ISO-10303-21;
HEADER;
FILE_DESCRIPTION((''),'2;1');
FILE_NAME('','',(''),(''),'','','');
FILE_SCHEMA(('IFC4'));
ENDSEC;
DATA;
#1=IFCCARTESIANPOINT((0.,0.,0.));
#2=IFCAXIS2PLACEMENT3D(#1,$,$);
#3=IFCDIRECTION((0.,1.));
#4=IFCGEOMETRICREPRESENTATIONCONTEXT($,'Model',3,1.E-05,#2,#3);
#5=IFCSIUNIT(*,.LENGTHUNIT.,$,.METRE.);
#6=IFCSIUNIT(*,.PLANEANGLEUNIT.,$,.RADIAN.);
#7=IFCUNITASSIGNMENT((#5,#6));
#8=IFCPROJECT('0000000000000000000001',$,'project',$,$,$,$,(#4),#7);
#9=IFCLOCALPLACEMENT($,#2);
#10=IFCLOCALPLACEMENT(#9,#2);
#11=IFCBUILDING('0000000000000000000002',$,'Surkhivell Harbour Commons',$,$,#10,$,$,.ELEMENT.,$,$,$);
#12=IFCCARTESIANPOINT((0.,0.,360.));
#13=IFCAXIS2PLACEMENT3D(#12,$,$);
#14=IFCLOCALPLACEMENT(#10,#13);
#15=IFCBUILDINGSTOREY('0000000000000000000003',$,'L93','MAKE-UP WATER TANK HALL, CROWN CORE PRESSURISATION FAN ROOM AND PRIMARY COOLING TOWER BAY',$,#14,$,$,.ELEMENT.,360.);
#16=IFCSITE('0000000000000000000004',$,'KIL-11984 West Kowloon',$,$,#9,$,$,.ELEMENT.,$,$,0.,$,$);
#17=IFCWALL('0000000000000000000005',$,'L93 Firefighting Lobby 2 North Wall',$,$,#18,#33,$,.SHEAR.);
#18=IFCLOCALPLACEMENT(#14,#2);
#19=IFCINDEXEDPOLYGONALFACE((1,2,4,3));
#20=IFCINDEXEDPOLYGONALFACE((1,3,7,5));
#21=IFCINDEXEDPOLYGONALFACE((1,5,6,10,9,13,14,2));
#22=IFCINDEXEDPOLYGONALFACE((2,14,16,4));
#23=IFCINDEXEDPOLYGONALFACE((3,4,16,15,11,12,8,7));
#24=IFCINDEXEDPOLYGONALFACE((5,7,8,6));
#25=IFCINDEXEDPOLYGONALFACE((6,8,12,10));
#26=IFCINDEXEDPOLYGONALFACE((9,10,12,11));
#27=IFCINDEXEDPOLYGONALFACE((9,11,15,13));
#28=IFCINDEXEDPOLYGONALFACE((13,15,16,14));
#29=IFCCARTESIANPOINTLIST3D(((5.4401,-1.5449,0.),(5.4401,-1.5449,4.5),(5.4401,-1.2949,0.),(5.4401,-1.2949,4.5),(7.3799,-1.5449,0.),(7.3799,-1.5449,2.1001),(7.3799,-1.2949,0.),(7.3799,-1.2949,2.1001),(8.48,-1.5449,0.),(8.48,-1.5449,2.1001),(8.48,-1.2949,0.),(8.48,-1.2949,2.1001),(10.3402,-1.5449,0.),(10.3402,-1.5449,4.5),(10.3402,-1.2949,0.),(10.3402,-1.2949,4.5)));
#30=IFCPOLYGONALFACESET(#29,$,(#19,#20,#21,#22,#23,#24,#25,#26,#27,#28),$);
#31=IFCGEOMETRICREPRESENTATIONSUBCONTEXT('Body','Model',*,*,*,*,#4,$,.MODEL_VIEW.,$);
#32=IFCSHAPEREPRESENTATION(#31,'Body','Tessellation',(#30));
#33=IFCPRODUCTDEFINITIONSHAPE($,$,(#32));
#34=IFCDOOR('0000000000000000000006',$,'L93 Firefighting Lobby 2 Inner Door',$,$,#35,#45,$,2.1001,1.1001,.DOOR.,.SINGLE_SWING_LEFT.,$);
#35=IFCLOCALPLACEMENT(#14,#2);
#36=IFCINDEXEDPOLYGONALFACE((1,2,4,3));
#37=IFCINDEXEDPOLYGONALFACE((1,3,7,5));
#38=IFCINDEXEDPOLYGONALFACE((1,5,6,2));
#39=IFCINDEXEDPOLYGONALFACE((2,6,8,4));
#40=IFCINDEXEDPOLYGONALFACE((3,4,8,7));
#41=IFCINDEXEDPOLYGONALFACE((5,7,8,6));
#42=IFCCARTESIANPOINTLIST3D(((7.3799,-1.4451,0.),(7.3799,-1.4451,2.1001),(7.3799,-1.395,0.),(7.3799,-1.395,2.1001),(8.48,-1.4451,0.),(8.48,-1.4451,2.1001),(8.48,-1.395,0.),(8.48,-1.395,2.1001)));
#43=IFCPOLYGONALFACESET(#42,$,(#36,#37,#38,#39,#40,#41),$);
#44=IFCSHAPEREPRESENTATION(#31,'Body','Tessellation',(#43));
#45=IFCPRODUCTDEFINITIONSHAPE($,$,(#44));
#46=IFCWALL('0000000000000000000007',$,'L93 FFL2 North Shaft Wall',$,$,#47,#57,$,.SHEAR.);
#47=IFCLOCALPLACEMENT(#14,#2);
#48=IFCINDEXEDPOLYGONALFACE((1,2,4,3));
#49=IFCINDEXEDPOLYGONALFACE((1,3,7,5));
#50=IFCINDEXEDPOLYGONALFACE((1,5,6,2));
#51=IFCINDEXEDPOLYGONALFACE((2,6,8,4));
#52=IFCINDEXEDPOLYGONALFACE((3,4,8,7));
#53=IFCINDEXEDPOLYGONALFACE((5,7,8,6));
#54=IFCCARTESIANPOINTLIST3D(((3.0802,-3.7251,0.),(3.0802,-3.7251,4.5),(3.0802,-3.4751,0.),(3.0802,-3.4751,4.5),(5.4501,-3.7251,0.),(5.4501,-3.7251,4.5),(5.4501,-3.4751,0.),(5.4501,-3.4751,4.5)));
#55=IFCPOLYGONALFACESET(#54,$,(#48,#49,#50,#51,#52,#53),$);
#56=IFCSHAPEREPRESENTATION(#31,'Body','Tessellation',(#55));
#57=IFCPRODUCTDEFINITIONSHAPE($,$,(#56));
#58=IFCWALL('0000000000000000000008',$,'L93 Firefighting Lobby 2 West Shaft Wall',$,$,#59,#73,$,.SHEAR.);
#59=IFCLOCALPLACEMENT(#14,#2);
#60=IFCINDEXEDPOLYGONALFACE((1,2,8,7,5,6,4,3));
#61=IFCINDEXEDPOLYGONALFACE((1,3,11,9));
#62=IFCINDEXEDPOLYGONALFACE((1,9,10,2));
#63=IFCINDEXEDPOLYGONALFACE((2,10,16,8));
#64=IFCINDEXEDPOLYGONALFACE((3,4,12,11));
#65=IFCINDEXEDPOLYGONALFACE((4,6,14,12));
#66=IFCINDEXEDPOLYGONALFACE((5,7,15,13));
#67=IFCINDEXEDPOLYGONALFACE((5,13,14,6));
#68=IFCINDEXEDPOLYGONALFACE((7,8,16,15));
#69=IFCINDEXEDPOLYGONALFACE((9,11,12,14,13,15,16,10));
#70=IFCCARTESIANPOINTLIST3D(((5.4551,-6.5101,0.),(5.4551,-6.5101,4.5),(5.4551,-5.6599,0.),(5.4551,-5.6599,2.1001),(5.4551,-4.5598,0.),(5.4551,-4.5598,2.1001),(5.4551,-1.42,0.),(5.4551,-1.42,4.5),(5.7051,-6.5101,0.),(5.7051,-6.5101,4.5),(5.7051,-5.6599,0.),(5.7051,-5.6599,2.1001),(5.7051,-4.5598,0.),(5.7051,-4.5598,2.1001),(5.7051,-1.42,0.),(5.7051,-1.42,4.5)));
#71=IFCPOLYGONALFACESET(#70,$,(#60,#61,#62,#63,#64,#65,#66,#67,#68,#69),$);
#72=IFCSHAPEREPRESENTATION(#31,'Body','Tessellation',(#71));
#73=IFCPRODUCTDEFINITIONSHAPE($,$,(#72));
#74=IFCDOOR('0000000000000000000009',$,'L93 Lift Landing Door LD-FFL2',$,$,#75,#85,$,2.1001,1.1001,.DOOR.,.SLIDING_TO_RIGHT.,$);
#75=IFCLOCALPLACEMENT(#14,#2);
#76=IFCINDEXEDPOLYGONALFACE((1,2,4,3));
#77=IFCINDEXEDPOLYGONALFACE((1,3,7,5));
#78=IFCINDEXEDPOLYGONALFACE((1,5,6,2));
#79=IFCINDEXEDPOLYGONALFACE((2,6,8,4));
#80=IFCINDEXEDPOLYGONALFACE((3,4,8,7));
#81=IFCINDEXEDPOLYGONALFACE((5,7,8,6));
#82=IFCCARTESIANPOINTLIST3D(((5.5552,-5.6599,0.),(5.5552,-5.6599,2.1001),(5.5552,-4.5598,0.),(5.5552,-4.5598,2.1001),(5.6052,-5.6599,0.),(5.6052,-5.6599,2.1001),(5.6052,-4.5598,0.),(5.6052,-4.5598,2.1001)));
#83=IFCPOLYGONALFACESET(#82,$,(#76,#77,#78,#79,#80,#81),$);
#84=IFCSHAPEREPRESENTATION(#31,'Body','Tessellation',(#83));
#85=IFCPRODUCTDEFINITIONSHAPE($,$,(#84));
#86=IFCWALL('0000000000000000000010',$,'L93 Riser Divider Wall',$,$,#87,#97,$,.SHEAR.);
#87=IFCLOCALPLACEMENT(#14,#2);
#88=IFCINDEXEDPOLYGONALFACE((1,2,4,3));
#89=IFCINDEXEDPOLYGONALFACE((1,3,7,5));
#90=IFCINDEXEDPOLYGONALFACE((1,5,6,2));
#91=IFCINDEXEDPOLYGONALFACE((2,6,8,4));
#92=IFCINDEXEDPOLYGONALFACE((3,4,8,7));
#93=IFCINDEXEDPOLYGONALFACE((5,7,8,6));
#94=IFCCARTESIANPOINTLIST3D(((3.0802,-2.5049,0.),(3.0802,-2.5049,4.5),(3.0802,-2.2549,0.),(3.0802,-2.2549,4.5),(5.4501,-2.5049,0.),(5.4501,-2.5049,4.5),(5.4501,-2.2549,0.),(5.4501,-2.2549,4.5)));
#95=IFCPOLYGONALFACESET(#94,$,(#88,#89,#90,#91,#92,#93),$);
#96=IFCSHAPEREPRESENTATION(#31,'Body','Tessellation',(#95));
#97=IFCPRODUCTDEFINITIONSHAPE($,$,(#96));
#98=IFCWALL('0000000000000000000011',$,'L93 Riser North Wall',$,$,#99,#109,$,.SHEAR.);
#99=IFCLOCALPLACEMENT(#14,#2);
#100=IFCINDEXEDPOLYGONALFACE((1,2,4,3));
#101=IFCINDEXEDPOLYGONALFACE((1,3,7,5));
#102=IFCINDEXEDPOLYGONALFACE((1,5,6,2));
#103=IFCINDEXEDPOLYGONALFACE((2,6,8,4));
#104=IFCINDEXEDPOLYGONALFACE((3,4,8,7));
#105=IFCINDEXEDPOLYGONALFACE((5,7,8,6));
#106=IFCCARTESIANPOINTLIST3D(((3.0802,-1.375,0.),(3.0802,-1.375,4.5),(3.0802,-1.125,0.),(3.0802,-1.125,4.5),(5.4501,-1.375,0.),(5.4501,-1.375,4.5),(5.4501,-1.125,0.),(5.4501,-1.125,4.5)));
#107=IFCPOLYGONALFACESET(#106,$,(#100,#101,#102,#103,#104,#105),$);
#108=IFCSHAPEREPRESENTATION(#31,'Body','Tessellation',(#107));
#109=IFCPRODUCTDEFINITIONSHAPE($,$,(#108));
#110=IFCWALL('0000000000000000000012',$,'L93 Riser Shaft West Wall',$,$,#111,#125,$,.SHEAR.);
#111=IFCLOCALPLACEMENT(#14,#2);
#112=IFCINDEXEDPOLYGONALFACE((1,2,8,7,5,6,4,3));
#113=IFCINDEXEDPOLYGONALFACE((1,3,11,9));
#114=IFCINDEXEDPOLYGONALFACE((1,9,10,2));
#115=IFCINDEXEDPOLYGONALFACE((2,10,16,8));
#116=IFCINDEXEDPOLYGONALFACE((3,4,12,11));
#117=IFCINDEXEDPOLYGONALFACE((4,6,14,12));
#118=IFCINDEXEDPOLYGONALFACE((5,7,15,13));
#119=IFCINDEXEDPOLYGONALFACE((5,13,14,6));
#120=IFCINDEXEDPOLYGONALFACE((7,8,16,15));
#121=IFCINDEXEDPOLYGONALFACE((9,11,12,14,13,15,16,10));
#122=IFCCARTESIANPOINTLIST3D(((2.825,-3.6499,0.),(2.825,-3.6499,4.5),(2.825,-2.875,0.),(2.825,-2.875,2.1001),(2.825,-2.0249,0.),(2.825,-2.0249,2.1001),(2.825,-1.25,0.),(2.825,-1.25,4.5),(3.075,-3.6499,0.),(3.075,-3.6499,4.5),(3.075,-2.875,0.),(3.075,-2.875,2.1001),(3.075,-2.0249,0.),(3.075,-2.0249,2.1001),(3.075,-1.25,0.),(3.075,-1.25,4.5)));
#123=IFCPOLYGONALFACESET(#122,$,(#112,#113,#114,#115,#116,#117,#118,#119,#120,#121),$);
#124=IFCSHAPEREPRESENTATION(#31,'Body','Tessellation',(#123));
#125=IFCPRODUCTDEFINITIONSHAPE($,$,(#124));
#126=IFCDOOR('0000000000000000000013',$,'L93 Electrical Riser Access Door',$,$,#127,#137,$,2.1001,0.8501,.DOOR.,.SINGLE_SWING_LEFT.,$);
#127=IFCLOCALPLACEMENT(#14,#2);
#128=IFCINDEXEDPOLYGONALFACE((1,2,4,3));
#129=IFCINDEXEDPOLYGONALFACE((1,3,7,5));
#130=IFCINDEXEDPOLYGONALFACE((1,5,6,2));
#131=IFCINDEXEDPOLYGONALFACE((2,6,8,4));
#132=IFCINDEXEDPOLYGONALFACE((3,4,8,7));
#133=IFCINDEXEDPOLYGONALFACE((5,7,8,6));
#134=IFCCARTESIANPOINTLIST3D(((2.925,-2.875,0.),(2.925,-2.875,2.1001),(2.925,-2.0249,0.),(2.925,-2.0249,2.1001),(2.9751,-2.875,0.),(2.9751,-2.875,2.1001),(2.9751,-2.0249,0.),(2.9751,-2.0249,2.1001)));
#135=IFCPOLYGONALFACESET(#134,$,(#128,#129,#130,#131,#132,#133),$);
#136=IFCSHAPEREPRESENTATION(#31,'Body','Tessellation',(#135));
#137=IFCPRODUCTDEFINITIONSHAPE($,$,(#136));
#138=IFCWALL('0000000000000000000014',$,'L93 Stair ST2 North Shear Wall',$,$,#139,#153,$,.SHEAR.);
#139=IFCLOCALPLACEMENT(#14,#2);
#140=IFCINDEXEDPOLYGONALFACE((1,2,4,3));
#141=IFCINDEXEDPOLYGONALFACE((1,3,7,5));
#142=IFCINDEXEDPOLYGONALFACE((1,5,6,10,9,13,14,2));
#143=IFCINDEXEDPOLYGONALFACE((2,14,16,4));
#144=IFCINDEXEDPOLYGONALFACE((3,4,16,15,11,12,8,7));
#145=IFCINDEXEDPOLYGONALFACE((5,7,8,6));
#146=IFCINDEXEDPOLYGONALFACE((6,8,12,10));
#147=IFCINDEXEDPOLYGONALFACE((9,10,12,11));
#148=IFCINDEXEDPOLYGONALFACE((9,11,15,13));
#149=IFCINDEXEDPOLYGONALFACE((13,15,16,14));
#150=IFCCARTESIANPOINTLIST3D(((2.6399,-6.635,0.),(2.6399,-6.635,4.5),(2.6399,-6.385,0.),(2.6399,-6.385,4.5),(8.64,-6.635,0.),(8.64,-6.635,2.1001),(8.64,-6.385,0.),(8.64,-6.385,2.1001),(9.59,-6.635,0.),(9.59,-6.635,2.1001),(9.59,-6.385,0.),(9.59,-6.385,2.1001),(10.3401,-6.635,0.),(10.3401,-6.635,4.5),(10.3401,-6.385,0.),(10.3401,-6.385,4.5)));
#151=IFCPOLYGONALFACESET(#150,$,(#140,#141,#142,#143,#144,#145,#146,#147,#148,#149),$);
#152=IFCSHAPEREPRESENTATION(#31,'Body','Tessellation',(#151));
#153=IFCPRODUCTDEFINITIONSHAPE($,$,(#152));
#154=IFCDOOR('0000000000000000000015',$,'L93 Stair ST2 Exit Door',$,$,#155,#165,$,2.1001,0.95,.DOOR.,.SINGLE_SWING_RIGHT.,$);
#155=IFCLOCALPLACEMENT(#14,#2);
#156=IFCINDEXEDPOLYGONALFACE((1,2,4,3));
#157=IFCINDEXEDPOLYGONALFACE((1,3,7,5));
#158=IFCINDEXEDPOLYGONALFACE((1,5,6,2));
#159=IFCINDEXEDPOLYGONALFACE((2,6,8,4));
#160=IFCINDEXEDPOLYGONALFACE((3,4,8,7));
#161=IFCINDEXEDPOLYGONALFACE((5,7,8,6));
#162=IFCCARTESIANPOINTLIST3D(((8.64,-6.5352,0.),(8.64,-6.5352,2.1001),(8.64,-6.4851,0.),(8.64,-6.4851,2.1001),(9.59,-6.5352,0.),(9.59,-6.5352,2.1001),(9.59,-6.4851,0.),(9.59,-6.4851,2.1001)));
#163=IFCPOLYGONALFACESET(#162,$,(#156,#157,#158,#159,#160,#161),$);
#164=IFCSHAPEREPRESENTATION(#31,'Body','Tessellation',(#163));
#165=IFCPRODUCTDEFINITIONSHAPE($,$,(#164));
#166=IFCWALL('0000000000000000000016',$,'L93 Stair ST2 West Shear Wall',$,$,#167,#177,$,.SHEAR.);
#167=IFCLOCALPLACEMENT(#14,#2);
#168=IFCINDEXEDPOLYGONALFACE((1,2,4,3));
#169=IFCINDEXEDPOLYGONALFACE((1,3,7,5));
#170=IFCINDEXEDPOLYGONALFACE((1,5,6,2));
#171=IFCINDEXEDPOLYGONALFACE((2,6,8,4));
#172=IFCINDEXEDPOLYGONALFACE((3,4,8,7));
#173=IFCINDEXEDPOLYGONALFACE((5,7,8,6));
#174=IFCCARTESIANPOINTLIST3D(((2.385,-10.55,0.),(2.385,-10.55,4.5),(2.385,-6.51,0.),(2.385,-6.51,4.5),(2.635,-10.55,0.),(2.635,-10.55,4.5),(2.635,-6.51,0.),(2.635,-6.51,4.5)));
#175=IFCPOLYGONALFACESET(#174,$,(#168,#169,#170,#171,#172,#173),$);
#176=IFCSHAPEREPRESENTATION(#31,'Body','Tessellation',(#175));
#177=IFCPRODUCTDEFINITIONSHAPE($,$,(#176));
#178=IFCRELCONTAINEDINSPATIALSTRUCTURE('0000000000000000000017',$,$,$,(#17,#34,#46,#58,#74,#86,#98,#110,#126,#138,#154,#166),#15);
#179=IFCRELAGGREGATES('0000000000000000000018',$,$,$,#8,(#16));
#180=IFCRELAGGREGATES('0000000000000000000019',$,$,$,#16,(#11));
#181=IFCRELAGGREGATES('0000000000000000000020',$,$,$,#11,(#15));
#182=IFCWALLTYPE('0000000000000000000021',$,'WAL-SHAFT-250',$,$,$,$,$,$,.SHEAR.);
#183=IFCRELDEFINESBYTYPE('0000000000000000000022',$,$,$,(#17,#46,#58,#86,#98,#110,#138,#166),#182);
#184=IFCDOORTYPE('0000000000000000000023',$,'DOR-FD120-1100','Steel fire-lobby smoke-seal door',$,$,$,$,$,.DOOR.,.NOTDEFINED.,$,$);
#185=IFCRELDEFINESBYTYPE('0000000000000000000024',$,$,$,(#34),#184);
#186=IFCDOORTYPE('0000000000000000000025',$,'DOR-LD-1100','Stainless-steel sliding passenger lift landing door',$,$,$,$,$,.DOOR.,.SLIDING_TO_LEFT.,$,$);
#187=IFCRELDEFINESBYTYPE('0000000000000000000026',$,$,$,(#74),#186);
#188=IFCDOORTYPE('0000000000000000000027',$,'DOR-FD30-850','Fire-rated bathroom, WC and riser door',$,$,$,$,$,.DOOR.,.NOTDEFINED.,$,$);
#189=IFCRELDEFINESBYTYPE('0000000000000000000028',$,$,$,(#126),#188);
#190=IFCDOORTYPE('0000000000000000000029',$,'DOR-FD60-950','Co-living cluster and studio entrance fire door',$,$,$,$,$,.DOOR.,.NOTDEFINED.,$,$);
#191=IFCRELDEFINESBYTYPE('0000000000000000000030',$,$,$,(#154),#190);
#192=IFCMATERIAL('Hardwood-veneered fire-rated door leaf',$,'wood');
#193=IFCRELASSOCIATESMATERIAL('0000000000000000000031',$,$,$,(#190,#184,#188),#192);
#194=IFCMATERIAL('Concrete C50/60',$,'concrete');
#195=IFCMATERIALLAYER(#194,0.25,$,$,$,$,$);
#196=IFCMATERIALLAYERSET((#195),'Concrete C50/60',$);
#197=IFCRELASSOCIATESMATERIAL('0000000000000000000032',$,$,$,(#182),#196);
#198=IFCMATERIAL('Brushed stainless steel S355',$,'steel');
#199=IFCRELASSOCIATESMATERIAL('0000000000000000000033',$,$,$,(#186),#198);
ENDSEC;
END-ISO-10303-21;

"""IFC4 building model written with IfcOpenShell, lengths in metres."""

from ifc_helpers import new_model, si_unit, direction, frame, frame_2d, origin, place, context, subcontext, project, spatial, rectangle, extrude, material, layer, layer_set, type_object, element, fill, save


model = new_model("IFC4")

# Units and contexts
model_context = context("Model", 3, precision=1e-05, world=origin(), true_north=direction((0.0, 1.0)))
body_context = subcontext(model_context, "Body", "Model", "MODEL_VIEW")
ifc_project = project(units=[si_unit("LENGTHUNIT", "METRE"), si_unit("PLANEANGLEUNIT", "RADIAN")], contexts=[model_context])

# Site, building, storey
site_placement = place(None, origin())
site = spatial("IfcSite", under=ifc_project, at=site_placement, Name="KIL-11984 West Kowloon", CompositionType="ELEMENT", RefElevation=0.0)
building_placement = place(site_placement, origin())
building = spatial("IfcBuilding", under=site, at=building_placement, Name="Surkhivell Harbour Commons", CompositionType="ELEMENT")
storey_placement = place(building_placement, frame((0.0, 0.0, 360.0)))
storey = spatial("IfcBuildingStorey", under=building, at=storey_placement, Name="L93", Description="MAKE-UP WATER TANK HALL, CROWN CORE PRESSURISATION FAN ROOM AND PRIMARY COOLING TOWER BAY", CompositionType="ELEMENT", Elevation=360.0)

# Shared definitions
ifc_material_1 = material(Name="Concrete C50/60", Category="concrete")

# Shared definitions
ifc_material_2 = material(Name="Hardwood-veneered fire-rated door leaf", Category="wood")
door_type_1 = type_object("IfcDoorType", Name="DOR-FD60-950", Description="Co-living cluster and studio entrance fire door", OperationType="NOTDEFINED", PredefinedType="DOOR", material=ifc_material_2)

# Shared definitions
ifc_layer_1 = layer(ifc_material_1, 0.25)
ifc_layer_set_1 = layer_set([ifc_layer_1], Name="Concrete C50/60")
wall_type_1 = type_object("IfcWallType", Name="WAL-SHAFT-250", PredefinedType="SHEAR", material=ifc_layer_set_1)

# Wall, opening, door
wall_1_placement = place(storey_placement, frame((5.4399, -1.4199, 0.0), z_axis=(0.0, 0.0, 1.0), x_axis=(1.0, 0.0, 0.0)))
wall_1 = element("IfcWall", 1, at=wall_1_placement, inside=storey, type_object=wall_type_1, Name="L93 Firefighting Lobby 2 North Wall", PredefinedType="SHEAR", context=body_context, shape_type="SweptSolid", body=[
    extrude(rectangle(XDim=4.9001, YDim=0.25, at=frame_2d((2.4502, 0.0))), origin(), (0.0, 0.0, 1.0), 4.5),
])
opening_1_placement = place(wall_1_placement, frame((1.9399, 0.0, 0.0)))
opening_1 = element("IfcOpeningElement", 2, at=opening_1_placement, cuts=wall_1, PredefinedType="OPENING", context=body_context, shape_type="SweptSolid", body=[
    extrude(rectangle(XDim=1.1001, YDim=2.1001, at=frame_2d((0.55, 1.05))), frame((0.0, 0.135, 0.0), z_axis=(0.0, -1.0, 0.0), x_axis=(1.0, 0.0, 0.0)), (0.0, 0.0, 1.0), 0.27),
])
door_type_2 = type_object("IfcDoorType", Name="DOR-FD120-1100", Description="Steel fire-lobby smoke-seal door", OperationType="NOTDEFINED", PredefinedType="DOOR", material=ifc_material_2)
door_1_placement = place(opening_1_placement, origin())
door_1 = element("IfcDoor", 3, at=door_1_placement, inside=storey, type_object=door_type_2, Name="L93 Firefighting Lobby 2 Inner Door", OperationType="SINGLE_SWING_LEFT", OverallHeight=2.1001, OverallWidth=1.1001, PredefinedType="DOOR", context=body_context, shape_type="SweptSolid", body=[
    extrude(rectangle(XDim=1.1001, YDim=2.1001, at=frame_2d((0.55, 1.05))), frame((0.0, 0.0249, 0.0), z_axis=(0.0, -1.0, 0.0), x_axis=(1.0, 0.0, 0.0)), (0.0, 0.0, 1.0), 0.05),
])
fill(opening_1, door_1)

# Wall
wall_2_placement = place(storey_placement, frame((3.0801, -3.6001, 0.0), z_axis=(0.0, 0.0, 1.0), x_axis=(1.0, 0.0, 0.0)))
element("IfcWall", 4, at=wall_2_placement, inside=storey, type_object=wall_type_1, Name="L93 FFL2 North Shaft Wall", PredefinedType="SHEAR", context=body_context, shape_type="SweptSolid", body=[
    extrude(rectangle(XDim=2.3699, YDim=0.25, at=frame_2d((1.1851, 0.0))), origin(), (0.0, 0.0, 1.0), 4.5),
])

# Wall, opening, door
wall_3_placement = place(storey_placement, frame((5.5801, -6.51, 0.0), z_axis=(0.0, 0.0, 1.0), x_axis=(0.0, 1.0, 0.0)))
wall_3 = element("IfcWall", 5, at=wall_3_placement, inside=storey, type_object=wall_type_1, Name="L93 Firefighting Lobby 2 West Shaft Wall", PredefinedType="SHEAR", context=body_context, shape_type="SweptSolid", body=[
    extrude(rectangle(XDim=5.0901, YDim=0.25, at=frame_2d((2.5449, 0.0))), origin(), (0.0, 0.0, 1.0), 4.5),
])
opening_2_placement = place(wall_3_placement, frame((0.8501, 0.0, 0.0)))
opening_2 = element("IfcOpeningElement", 6, at=opening_2_placement, cuts=wall_3, PredefinedType="OPENING", context=body_context, shape_type="SweptSolid", body=[
    extrude(rectangle(XDim=1.1001, YDim=2.1001, at=frame_2d((0.55, 1.05))), frame((0.0, 0.135, 0.0), z_axis=(0.0, -1.0, 0.0), x_axis=(1.0, 0.0, 0.0)), (0.0, 0.0, 1.0), 0.27),
])
ifc_material_3 = material(Name="Brushed stainless steel S355", Category="steel")
door_type_3 = type_object("IfcDoorType", Name="DOR-LD-1100", Description="Stainless-steel sliding passenger lift landing door", OperationType="SLIDING_TO_LEFT", PredefinedType="DOOR", material=ifc_material_3)
door_2_placement = place(opening_2_placement, origin())
door_2 = element("IfcDoor", 7, at=door_2_placement, inside=storey, type_object=door_type_3, Name="L93 Lift Landing Door LD-FFL2", OperationType="SLIDING_TO_RIGHT", OverallHeight=2.1001, OverallWidth=1.1001, PredefinedType="DOOR", context=body_context, shape_type="SweptSolid", body=[
    extrude(rectangle(XDim=1.1001, YDim=2.1001, at=frame_2d((0.55, 1.05))), frame((0.0, 0.0249, 0.0), z_axis=(0.0, -1.0, 0.0), x_axis=(1.0, 0.0, 0.0)), (0.0, 0.0, 1.0), 0.05),
])
fill(opening_2, door_2)

# Walls
for number, where, z_axis, x_axis, name in (
    (8, (3.0801, -2.3799, 0.0), (0.0, 0.0, 1.0), (1.0, 0.0, 0.0), "L93 Riser Divider Wall"),
    (9, (3.0801, -1.25, 0.0), (0.0, 0.0, 1.0), (1.0, 0.0, 0.0), "L93 Riser North Wall"),
):
    element("IfcWall", number, at=place(storey_placement, frame(where, z_axis=z_axis, x_axis=x_axis)), inside=storey, type_object=wall_type_1, Name=name, PredefinedType="SHEAR", context=body_context, shape_type="SweptSolid", body=[
        extrude(rectangle(XDim=2.3699, YDim=0.25, at=frame_2d((1.1851, 0.0))), origin(), (0.0, 0.0, 1.0), 4.5),
    ])

# Walls, openings, doors
wall_4_placement = place(storey_placement, frame((2.95, -3.6499, 0.0), z_axis=(0.0, 0.0, 1.0), x_axis=(0.0, 1.0, 0.0)))
wall_4 = element("IfcWall", 10, at=wall_4_placement, inside=storey, type_object=wall_type_1, Name="L93 Riser Shaft West Wall", PredefinedType="SHEAR", context=body_context, shape_type="SweptSolid", body=[
    extrude(rectangle(XDim=2.3999, YDim=0.25, at=frame_2d((1.2, 0.0))), origin(), (0.0, 0.0, 1.0), 4.5),
])
opening_3_placement = place(wall_4_placement, frame((0.7749, 0.0, 0.0)))
opening_3 = element("IfcOpeningElement", 11, at=opening_3_placement, cuts=wall_4, PredefinedType="OPENING", context=body_context, shape_type="SweptSolid", body=[
    extrude(rectangle(XDim=0.8501, YDim=2.1001, at=frame_2d((0.425, 1.05))), frame((0.0, 0.135, 0.0), z_axis=(0.0, -1.0, 0.0), x_axis=(1.0, 0.0, 0.0)), (0.0, 0.0, 1.0), 0.27),
])
door_type_4 = type_object("IfcDoorType", Name="DOR-FD30-850", Description="Fire-rated bathroom, WC and riser door", OperationType="NOTDEFINED", PredefinedType="DOOR", material=ifc_material_2)
door_3_placement = place(opening_3_placement, origin())
door_3 = element("IfcDoor", 12, at=door_3_placement, inside=storey, type_object=door_type_4, Name="L93 Electrical Riser Access Door", OperationType="SINGLE_SWING_LEFT", OverallHeight=2.1001, OverallWidth=0.8501, PredefinedType="DOOR", context=body_context, shape_type="SweptSolid", body=[
    extrude(rectangle(XDim=0.8501, YDim=2.1001, at=frame_2d((0.425, 1.05))), frame((0.0, 0.0249, 0.0), z_axis=(0.0, -1.0, 0.0), x_axis=(1.0, 0.0, 0.0)), (0.0, 0.0, 1.0), 0.05),
])
fill(opening_3, door_3)
wall_5_placement = place(storey_placement, frame((2.6399, -6.51, 0.0), z_axis=(0.0, 0.0, 1.0), x_axis=(1.0, 0.0, 0.0)))
wall_5 = element("IfcWall", 13, at=wall_5_placement, inside=storey, type_object=wall_type_1, Name="L93 Stair ST2 North Shear Wall", PredefinedType="SHEAR", context=body_context, shape_type="SweptSolid", body=[
    extrude(rectangle(XDim=7.7002, YDim=0.25, at=frame_2d((3.8501, 0.0))), origin(), (0.0, 0.0, 1.0), 4.5),
])
opening_4_placement = place(wall_5_placement, frame((6.0, 0.0, 0.0)))
opening_4 = element("IfcOpeningElement", 14, at=opening_4_placement, cuts=wall_5, PredefinedType="OPENING", context=body_context, shape_type="SweptSolid", body=[
    extrude(rectangle(XDim=0.95, YDim=2.1001, at=frame_2d((0.4751, 1.05))), frame((0.0, 0.135, 0.0), z_axis=(0.0, -1.0, 0.0), x_axis=(1.0, 0.0, 0.0)), (0.0, 0.0, 1.0), 0.27),
])
door_4_placement = place(opening_4_placement, origin())
door_4 = element("IfcDoor", 15, at=door_4_placement, inside=storey, type_object=door_type_1, Name="L93 Stair ST2 Exit Door", OperationType="SINGLE_SWING_RIGHT", OverallHeight=2.1001, OverallWidth=0.95, PredefinedType="DOOR", context=body_context, shape_type="SweptSolid", body=[
    extrude(rectangle(XDim=0.95, YDim=2.1001, at=frame_2d((0.4751, 1.05))), frame((0.0, 0.0249, 0.0), z_axis=(0.0, -1.0, 0.0), x_axis=(1.0, 0.0, 0.0)), (0.0, 0.0, 1.0), 0.05),
])
fill(opening_4, door_4)

# Wall
for number, where, z_axis, x_axis, name in (
    (16, (2.51, -10.55, 0.0), (0.0, 0.0, 1.0), (0.0, 1.0, 0.0), "L93 Stair ST2 West Shear Wall"),
):
    element("IfcWall", number, at=place(storey_placement, frame(where, z_axis=z_axis, x_axis=x_axis)), inside=storey, type_object=wall_type_1, Name=name, PredefinedType="SHEAR", context=body_context, shape_type="SweptSolid", body=[
        extrude(rectangle(XDim=4.04, YDim=0.25, at=frame_2d((2.02, 0.0))), origin(), (0.0, 0.0, 1.0), 4.5),
    ])

save(model, "model.ifc")
